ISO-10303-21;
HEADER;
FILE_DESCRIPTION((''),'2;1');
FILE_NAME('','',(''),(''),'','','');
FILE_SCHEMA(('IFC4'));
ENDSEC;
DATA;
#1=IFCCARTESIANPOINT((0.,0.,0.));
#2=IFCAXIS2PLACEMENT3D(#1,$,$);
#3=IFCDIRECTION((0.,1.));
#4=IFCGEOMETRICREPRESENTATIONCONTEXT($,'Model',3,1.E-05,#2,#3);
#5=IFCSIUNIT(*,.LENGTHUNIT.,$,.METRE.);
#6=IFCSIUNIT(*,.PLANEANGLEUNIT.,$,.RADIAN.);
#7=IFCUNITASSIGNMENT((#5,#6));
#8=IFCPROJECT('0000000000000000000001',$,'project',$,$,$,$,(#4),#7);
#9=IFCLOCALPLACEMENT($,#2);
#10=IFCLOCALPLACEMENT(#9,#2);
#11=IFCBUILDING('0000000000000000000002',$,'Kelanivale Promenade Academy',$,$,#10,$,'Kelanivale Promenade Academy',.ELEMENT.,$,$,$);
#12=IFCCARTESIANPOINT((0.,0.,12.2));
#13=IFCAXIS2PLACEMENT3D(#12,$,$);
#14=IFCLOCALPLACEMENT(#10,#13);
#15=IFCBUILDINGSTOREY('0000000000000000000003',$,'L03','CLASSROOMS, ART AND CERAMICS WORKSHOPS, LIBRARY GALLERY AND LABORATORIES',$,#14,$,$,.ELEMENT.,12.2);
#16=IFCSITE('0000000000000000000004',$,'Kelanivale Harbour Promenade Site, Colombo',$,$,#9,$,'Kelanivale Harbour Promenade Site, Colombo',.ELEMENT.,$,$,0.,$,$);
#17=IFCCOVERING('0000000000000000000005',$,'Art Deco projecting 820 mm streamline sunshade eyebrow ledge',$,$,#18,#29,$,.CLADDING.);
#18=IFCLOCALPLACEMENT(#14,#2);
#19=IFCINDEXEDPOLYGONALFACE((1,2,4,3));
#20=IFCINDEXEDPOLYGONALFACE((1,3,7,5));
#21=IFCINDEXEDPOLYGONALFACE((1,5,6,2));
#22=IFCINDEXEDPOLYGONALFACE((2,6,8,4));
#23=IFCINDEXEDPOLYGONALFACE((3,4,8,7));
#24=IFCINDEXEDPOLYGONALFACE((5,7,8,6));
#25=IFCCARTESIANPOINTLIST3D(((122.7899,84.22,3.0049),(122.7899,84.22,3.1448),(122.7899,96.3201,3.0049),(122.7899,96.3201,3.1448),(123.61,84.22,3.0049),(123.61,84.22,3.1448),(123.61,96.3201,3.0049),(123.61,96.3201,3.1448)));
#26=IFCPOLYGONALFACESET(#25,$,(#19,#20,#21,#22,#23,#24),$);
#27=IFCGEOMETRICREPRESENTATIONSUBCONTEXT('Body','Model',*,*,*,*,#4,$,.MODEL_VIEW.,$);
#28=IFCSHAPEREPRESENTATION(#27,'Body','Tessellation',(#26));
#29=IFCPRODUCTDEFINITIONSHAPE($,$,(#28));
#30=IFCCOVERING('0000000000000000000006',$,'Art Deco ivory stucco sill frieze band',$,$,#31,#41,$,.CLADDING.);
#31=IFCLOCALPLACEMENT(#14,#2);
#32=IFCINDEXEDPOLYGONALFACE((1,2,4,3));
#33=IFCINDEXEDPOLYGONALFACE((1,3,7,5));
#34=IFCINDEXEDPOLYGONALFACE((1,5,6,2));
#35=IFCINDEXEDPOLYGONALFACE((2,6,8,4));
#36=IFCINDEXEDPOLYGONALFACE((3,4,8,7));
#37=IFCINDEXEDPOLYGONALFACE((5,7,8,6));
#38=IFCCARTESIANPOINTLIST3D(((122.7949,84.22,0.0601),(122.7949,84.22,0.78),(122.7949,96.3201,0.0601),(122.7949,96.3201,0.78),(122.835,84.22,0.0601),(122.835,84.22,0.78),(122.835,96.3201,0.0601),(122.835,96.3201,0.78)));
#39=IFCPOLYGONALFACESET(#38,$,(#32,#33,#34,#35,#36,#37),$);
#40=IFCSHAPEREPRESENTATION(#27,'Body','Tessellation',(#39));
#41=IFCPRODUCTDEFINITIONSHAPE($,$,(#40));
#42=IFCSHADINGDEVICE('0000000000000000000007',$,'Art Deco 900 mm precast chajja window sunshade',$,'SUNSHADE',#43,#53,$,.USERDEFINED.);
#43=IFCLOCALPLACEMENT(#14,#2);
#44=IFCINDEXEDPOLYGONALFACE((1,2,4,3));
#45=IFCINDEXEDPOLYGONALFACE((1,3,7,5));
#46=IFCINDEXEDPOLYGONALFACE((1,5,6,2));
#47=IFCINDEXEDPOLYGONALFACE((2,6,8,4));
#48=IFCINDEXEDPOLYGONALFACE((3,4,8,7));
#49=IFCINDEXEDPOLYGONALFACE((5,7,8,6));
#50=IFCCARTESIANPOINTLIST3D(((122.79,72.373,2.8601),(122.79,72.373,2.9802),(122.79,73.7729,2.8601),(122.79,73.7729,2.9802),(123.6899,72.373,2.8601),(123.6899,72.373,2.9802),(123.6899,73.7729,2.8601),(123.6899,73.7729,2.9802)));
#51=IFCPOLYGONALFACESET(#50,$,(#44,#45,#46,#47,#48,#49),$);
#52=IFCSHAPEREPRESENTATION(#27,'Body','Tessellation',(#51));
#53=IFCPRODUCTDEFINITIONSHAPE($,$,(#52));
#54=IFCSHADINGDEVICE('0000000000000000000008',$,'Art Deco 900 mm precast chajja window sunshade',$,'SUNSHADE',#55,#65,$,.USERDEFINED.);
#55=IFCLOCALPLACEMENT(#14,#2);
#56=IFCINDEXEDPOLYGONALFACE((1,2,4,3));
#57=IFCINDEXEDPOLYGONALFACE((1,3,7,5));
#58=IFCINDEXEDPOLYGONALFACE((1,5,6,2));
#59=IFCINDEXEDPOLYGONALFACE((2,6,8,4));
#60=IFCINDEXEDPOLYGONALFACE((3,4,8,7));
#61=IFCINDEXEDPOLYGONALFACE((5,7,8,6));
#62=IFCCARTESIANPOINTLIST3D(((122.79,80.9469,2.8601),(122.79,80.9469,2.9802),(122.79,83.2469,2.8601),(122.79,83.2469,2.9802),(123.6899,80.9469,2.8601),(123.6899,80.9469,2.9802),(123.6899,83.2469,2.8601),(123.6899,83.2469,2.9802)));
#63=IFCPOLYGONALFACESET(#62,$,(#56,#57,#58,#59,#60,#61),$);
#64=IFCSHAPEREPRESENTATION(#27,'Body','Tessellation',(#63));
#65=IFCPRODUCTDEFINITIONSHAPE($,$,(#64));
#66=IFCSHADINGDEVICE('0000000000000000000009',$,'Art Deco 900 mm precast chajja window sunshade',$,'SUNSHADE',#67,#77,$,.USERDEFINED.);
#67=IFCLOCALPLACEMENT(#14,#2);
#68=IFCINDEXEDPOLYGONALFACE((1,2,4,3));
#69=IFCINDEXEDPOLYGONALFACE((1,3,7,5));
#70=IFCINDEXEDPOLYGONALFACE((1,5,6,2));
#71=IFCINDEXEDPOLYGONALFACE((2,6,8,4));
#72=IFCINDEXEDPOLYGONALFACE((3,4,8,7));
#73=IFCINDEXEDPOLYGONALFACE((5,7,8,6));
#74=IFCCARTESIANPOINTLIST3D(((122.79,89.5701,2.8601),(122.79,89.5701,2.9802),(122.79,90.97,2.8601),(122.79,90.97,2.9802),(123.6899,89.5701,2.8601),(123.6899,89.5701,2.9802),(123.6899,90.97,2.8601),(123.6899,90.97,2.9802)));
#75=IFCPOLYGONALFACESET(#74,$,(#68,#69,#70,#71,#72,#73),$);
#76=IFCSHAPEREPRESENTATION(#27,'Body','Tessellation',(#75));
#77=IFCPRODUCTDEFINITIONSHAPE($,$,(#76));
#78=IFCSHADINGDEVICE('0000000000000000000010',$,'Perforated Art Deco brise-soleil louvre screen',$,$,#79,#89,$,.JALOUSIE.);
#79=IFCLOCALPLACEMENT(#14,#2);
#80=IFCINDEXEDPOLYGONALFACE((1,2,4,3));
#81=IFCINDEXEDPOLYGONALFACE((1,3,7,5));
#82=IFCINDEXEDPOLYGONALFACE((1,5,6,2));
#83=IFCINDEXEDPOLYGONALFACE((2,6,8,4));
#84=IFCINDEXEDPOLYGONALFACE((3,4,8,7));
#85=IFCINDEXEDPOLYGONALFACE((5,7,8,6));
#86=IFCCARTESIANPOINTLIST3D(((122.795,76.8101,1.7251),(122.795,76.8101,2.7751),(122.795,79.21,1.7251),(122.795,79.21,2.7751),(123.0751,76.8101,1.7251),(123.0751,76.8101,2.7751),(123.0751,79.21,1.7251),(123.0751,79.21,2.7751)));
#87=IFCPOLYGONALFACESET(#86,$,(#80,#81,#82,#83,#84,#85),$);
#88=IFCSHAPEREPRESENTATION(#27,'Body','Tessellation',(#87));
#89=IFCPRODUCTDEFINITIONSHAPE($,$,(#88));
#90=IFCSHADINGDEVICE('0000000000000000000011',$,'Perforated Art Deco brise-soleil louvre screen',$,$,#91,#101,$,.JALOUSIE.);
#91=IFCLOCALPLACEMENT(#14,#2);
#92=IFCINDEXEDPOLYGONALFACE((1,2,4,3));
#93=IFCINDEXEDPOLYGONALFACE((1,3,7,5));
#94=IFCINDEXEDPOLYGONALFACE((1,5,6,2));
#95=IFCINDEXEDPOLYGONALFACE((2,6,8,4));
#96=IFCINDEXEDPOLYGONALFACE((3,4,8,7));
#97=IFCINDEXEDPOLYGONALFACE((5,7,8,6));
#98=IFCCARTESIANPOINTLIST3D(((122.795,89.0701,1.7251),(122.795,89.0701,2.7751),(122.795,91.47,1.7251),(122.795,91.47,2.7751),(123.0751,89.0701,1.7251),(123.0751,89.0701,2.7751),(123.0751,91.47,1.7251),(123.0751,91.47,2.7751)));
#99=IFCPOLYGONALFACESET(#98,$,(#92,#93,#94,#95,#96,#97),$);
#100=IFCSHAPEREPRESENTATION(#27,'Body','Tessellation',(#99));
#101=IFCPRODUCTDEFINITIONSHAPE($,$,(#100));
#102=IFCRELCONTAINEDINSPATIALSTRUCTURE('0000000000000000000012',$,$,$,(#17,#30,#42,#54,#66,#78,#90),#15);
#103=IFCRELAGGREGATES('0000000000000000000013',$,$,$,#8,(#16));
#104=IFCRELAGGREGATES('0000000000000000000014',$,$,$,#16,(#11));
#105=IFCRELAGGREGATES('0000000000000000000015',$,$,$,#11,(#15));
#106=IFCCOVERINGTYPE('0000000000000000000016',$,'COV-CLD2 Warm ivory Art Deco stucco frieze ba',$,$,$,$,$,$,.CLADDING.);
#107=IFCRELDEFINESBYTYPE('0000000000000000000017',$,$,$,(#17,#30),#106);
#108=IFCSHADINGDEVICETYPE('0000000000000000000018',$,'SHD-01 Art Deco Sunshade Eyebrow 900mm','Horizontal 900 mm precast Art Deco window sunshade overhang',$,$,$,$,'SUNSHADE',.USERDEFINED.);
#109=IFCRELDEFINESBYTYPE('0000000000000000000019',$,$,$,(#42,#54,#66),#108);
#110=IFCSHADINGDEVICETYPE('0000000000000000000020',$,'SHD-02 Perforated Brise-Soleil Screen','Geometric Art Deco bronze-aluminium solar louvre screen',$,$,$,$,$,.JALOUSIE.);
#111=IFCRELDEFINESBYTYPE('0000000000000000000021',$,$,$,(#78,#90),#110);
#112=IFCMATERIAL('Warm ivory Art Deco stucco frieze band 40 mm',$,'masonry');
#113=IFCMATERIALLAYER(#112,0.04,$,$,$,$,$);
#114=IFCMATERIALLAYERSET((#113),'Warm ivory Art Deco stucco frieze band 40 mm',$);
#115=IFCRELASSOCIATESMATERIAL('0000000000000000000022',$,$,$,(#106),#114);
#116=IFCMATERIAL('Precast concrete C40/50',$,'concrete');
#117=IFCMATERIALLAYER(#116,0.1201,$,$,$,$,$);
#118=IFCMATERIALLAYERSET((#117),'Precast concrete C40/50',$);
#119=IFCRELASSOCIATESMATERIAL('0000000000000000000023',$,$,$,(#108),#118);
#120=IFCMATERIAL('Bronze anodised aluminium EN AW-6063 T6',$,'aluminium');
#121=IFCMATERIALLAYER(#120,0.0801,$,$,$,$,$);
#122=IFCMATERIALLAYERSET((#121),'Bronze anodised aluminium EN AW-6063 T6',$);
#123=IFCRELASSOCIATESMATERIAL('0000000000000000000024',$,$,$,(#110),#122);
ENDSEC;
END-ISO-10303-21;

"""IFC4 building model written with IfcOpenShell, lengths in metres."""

from ifc_helpers import new_model, si_unit, direction, frame, origin, origin_2d, place, context, subcontext, project, spatial, rectangle, extrude, material, layer, layer_set, type_object, element, save


model = new_model("IFC4")

# Units and contexts
model_context = context("Model", 3, precision=1e-05, world=origin(), true_north=direction((0.0, 1.0)))
body_context = subcontext(model_context, "Body", "Model", "MODEL_VIEW")
ifc_project = project(units=[si_unit("LENGTHUNIT", "METRE"), si_unit("PLANEANGLEUNIT", "RADIAN")], contexts=[model_context])

# Site, building, storey
site_placement = place(None, origin())
site = spatial("IfcSite", under=ifc_project, at=site_placement, Name="Kelanivale Harbour Promenade Site, Colombo", LongName="Kelanivale Harbour Promenade Site, Colombo", CompositionType="ELEMENT", RefElevation=0.0)
building_placement = place(site_placement, origin())
building = spatial("IfcBuilding", under=site, at=building_placement, Name="Kelanivale Promenade Academy", LongName="Kelanivale Promenade Academy", CompositionType="ELEMENT")
storey_placement = place(building_placement, frame((0.0, 0.0, 12.2)))
storey = spatial("IfcBuildingStorey", under=building, at=storey_placement, Name="L03", Description="CLASSROOMS, ART AND CERAMICS WORKSHOPS, LIBRARY GALLERY AND LABORATORIES", CompositionType="ELEMENT", Elevation=12.2)

# Coverings
ifc_material_1 = material(Name="Warm ivory Art Deco stucco frieze band 40 mm", Category="masonry")
ifc_layer_1 = layer(ifc_material_1, 0.04)
ifc_layer_set_1 = layer_set([ifc_layer_1], Name="Warm ivory Art Deco stucco frieze band 40 mm")
covering_type = type_object("IfcCoveringType", Name="COV-CLD2 Warm ivory Art Deco stucco frieze ba", PredefinedType="CLADDING", material=ifc_layer_set_1)
covering_1_placement = place(storey_placement, frame((123.2, 90.27, 3.0049), z_axis=(0.0, 0.0, 1.0), x_axis=(0.0, 1.0, 0.0)))
element("IfcCovering", 1, at=covering_1_placement, inside=storey, type_object=covering_type, Name="Art Deco projecting 820 mm streamline sunshade eyebrow ledge", PredefinedType="CLADDING", context=body_context, shape_type="SweptSolid", body=[
    extrude(rectangle(XDim=12.1001, YDim=0.8201, at=origin_2d()), origin(), (0.0, 0.0, 1.0), 0.1399),
])
covering_2_placement = place(storey_placement, frame((122.8149, 90.27, 0.0601), z_axis=(0.0, 0.0, 1.0), x_axis=(0.0, 1.0, 0.0)))
element("IfcCovering", 2, at=covering_2_placement, inside=storey, type_object=covering_type, Name="Art Deco ivory stucco sill frieze band", PredefinedType="CLADDING", context=body_context, shape_type="SweptSolid", body=[
    extrude(rectangle(XDim=12.1001, YDim=0.04, at=origin_2d()), origin(), (0.0, 0.0, 1.0), 0.72),
])

# Shading devices
ifc_material_2 = material(Name="Precast concrete C40/50", Category="concrete")
ifc_layer_2 = layer(ifc_material_2, 0.1201)
ifc_layer_set_2 = layer_set([ifc_layer_2], Name="Precast concrete C40/50")
shading_device_type_1 = type_object("IfcShadingDeviceType", Name="SHD-01 Art Deco Sunshade Eyebrow 900mm", Description="Horizontal 900 mm precast Art Deco window sunshade overhang", ElementType="SUNSHADE", PredefinedType="USERDEFINED", material=ifc_layer_set_2)
shading_device_1_placement = place(storey_placement, frame((123.24, 73.073, 2.8601), z_axis=(0.0, 0.0, 1.0), x_axis=(0.0, 1.0, 0.0)))
element("IfcShadingDevice", 3, at=shading_device_1_placement, inside=storey, type_object=shading_device_type_1, Name="Art Deco 900 mm precast chajja window sunshade", ObjectType="SUNSHADE", PredefinedType="USERDEFINED", context=body_context, shape_type="SweptSolid", body=[
    extrude(rectangle(XDim=1.3999, YDim=0.8999, at=origin_2d()), origin(), (0.0, 0.0, 1.0), 0.1201),
])
shading_device_2_placement = place(storey_placement, frame((123.24, 82.0969, 2.8601), z_axis=(0.0, 0.0, 1.0), x_axis=(0.0, 1.0, 0.0)))
element("IfcShadingDevice", 4, at=shading_device_2_placement, inside=storey, type_object=shading_device_type_1, Name="Art Deco 900 mm precast chajja window sunshade", ObjectType="SUNSHADE", PredefinedType="USERDEFINED", context=body_context, shape_type="SweptSolid", body=[
    extrude(rectangle(XDim=2.3, YDim=0.8999, at=origin_2d()), origin(), (0.0, 0.0, 1.0), 0.1201),
])
shading_device_3_placement = place(storey_placement, frame((123.24, 90.27, 2.8601), z_axis=(0.0, 0.0, 1.0), x_axis=(0.0, 1.0, 0.0)))
element("IfcShadingDevice", 5, at=shading_device_3_placement, inside=storey, type_object=shading_device_type_1, Name="Art Deco 900 mm precast chajja window sunshade", ObjectType="SUNSHADE", PredefinedType="USERDEFINED", context=body_context, shape_type="SweptSolid", body=[
    extrude(rectangle(XDim=1.3999, YDim=0.8999, at=origin_2d()), origin(), (0.0, 0.0, 1.0), 0.1201),
])
ifc_material_3 = material(Name="Bronze anodised aluminium EN AW-6063 T6", Category="aluminium")
ifc_layer_3 = layer(ifc_material_3, 0.0801)
ifc_layer_set_3 = layer_set([ifc_layer_3], Name="Bronze anodised aluminium EN AW-6063 T6")
shading_device_type_2 = type_object("IfcShadingDeviceType", Name="SHD-02 Perforated Brise-Soleil Screen", Description="Geometric Art Deco bronze-aluminium solar louvre screen", PredefinedType="JALOUSIE", material=ifc_layer_set_3)
for number, where, z_axis, x_axis, name in (
    (6, (122.9351, 78.01, 1.7251), (0.0, 0.0, 1.0), (0.0, 1.0, 0.0), "Perforated Art Deco brise-soleil louvre screen"),
    (7, (122.9351, 90.27, 1.7251), (0.0, 0.0, 1.0), (0.0, 1.0, 0.0), "Perforated Art Deco brise-soleil louvre screen"),
):
    element("IfcShadingDevice", number, at=place(storey_placement, frame(where, z_axis=z_axis, x_axis=x_axis)), inside=storey, type_object=shading_device_type_2, Name=name, PredefinedType="JALOUSIE", context=body_context, shape_type="SweptSolid", body=[
        extrude(rectangle(XDim=2.3999, YDim=0.28, at=origin_2d()), origin(), (0.0, 0.0, 1.0), 1.05),
    ])

save(model, "model.ifc")
